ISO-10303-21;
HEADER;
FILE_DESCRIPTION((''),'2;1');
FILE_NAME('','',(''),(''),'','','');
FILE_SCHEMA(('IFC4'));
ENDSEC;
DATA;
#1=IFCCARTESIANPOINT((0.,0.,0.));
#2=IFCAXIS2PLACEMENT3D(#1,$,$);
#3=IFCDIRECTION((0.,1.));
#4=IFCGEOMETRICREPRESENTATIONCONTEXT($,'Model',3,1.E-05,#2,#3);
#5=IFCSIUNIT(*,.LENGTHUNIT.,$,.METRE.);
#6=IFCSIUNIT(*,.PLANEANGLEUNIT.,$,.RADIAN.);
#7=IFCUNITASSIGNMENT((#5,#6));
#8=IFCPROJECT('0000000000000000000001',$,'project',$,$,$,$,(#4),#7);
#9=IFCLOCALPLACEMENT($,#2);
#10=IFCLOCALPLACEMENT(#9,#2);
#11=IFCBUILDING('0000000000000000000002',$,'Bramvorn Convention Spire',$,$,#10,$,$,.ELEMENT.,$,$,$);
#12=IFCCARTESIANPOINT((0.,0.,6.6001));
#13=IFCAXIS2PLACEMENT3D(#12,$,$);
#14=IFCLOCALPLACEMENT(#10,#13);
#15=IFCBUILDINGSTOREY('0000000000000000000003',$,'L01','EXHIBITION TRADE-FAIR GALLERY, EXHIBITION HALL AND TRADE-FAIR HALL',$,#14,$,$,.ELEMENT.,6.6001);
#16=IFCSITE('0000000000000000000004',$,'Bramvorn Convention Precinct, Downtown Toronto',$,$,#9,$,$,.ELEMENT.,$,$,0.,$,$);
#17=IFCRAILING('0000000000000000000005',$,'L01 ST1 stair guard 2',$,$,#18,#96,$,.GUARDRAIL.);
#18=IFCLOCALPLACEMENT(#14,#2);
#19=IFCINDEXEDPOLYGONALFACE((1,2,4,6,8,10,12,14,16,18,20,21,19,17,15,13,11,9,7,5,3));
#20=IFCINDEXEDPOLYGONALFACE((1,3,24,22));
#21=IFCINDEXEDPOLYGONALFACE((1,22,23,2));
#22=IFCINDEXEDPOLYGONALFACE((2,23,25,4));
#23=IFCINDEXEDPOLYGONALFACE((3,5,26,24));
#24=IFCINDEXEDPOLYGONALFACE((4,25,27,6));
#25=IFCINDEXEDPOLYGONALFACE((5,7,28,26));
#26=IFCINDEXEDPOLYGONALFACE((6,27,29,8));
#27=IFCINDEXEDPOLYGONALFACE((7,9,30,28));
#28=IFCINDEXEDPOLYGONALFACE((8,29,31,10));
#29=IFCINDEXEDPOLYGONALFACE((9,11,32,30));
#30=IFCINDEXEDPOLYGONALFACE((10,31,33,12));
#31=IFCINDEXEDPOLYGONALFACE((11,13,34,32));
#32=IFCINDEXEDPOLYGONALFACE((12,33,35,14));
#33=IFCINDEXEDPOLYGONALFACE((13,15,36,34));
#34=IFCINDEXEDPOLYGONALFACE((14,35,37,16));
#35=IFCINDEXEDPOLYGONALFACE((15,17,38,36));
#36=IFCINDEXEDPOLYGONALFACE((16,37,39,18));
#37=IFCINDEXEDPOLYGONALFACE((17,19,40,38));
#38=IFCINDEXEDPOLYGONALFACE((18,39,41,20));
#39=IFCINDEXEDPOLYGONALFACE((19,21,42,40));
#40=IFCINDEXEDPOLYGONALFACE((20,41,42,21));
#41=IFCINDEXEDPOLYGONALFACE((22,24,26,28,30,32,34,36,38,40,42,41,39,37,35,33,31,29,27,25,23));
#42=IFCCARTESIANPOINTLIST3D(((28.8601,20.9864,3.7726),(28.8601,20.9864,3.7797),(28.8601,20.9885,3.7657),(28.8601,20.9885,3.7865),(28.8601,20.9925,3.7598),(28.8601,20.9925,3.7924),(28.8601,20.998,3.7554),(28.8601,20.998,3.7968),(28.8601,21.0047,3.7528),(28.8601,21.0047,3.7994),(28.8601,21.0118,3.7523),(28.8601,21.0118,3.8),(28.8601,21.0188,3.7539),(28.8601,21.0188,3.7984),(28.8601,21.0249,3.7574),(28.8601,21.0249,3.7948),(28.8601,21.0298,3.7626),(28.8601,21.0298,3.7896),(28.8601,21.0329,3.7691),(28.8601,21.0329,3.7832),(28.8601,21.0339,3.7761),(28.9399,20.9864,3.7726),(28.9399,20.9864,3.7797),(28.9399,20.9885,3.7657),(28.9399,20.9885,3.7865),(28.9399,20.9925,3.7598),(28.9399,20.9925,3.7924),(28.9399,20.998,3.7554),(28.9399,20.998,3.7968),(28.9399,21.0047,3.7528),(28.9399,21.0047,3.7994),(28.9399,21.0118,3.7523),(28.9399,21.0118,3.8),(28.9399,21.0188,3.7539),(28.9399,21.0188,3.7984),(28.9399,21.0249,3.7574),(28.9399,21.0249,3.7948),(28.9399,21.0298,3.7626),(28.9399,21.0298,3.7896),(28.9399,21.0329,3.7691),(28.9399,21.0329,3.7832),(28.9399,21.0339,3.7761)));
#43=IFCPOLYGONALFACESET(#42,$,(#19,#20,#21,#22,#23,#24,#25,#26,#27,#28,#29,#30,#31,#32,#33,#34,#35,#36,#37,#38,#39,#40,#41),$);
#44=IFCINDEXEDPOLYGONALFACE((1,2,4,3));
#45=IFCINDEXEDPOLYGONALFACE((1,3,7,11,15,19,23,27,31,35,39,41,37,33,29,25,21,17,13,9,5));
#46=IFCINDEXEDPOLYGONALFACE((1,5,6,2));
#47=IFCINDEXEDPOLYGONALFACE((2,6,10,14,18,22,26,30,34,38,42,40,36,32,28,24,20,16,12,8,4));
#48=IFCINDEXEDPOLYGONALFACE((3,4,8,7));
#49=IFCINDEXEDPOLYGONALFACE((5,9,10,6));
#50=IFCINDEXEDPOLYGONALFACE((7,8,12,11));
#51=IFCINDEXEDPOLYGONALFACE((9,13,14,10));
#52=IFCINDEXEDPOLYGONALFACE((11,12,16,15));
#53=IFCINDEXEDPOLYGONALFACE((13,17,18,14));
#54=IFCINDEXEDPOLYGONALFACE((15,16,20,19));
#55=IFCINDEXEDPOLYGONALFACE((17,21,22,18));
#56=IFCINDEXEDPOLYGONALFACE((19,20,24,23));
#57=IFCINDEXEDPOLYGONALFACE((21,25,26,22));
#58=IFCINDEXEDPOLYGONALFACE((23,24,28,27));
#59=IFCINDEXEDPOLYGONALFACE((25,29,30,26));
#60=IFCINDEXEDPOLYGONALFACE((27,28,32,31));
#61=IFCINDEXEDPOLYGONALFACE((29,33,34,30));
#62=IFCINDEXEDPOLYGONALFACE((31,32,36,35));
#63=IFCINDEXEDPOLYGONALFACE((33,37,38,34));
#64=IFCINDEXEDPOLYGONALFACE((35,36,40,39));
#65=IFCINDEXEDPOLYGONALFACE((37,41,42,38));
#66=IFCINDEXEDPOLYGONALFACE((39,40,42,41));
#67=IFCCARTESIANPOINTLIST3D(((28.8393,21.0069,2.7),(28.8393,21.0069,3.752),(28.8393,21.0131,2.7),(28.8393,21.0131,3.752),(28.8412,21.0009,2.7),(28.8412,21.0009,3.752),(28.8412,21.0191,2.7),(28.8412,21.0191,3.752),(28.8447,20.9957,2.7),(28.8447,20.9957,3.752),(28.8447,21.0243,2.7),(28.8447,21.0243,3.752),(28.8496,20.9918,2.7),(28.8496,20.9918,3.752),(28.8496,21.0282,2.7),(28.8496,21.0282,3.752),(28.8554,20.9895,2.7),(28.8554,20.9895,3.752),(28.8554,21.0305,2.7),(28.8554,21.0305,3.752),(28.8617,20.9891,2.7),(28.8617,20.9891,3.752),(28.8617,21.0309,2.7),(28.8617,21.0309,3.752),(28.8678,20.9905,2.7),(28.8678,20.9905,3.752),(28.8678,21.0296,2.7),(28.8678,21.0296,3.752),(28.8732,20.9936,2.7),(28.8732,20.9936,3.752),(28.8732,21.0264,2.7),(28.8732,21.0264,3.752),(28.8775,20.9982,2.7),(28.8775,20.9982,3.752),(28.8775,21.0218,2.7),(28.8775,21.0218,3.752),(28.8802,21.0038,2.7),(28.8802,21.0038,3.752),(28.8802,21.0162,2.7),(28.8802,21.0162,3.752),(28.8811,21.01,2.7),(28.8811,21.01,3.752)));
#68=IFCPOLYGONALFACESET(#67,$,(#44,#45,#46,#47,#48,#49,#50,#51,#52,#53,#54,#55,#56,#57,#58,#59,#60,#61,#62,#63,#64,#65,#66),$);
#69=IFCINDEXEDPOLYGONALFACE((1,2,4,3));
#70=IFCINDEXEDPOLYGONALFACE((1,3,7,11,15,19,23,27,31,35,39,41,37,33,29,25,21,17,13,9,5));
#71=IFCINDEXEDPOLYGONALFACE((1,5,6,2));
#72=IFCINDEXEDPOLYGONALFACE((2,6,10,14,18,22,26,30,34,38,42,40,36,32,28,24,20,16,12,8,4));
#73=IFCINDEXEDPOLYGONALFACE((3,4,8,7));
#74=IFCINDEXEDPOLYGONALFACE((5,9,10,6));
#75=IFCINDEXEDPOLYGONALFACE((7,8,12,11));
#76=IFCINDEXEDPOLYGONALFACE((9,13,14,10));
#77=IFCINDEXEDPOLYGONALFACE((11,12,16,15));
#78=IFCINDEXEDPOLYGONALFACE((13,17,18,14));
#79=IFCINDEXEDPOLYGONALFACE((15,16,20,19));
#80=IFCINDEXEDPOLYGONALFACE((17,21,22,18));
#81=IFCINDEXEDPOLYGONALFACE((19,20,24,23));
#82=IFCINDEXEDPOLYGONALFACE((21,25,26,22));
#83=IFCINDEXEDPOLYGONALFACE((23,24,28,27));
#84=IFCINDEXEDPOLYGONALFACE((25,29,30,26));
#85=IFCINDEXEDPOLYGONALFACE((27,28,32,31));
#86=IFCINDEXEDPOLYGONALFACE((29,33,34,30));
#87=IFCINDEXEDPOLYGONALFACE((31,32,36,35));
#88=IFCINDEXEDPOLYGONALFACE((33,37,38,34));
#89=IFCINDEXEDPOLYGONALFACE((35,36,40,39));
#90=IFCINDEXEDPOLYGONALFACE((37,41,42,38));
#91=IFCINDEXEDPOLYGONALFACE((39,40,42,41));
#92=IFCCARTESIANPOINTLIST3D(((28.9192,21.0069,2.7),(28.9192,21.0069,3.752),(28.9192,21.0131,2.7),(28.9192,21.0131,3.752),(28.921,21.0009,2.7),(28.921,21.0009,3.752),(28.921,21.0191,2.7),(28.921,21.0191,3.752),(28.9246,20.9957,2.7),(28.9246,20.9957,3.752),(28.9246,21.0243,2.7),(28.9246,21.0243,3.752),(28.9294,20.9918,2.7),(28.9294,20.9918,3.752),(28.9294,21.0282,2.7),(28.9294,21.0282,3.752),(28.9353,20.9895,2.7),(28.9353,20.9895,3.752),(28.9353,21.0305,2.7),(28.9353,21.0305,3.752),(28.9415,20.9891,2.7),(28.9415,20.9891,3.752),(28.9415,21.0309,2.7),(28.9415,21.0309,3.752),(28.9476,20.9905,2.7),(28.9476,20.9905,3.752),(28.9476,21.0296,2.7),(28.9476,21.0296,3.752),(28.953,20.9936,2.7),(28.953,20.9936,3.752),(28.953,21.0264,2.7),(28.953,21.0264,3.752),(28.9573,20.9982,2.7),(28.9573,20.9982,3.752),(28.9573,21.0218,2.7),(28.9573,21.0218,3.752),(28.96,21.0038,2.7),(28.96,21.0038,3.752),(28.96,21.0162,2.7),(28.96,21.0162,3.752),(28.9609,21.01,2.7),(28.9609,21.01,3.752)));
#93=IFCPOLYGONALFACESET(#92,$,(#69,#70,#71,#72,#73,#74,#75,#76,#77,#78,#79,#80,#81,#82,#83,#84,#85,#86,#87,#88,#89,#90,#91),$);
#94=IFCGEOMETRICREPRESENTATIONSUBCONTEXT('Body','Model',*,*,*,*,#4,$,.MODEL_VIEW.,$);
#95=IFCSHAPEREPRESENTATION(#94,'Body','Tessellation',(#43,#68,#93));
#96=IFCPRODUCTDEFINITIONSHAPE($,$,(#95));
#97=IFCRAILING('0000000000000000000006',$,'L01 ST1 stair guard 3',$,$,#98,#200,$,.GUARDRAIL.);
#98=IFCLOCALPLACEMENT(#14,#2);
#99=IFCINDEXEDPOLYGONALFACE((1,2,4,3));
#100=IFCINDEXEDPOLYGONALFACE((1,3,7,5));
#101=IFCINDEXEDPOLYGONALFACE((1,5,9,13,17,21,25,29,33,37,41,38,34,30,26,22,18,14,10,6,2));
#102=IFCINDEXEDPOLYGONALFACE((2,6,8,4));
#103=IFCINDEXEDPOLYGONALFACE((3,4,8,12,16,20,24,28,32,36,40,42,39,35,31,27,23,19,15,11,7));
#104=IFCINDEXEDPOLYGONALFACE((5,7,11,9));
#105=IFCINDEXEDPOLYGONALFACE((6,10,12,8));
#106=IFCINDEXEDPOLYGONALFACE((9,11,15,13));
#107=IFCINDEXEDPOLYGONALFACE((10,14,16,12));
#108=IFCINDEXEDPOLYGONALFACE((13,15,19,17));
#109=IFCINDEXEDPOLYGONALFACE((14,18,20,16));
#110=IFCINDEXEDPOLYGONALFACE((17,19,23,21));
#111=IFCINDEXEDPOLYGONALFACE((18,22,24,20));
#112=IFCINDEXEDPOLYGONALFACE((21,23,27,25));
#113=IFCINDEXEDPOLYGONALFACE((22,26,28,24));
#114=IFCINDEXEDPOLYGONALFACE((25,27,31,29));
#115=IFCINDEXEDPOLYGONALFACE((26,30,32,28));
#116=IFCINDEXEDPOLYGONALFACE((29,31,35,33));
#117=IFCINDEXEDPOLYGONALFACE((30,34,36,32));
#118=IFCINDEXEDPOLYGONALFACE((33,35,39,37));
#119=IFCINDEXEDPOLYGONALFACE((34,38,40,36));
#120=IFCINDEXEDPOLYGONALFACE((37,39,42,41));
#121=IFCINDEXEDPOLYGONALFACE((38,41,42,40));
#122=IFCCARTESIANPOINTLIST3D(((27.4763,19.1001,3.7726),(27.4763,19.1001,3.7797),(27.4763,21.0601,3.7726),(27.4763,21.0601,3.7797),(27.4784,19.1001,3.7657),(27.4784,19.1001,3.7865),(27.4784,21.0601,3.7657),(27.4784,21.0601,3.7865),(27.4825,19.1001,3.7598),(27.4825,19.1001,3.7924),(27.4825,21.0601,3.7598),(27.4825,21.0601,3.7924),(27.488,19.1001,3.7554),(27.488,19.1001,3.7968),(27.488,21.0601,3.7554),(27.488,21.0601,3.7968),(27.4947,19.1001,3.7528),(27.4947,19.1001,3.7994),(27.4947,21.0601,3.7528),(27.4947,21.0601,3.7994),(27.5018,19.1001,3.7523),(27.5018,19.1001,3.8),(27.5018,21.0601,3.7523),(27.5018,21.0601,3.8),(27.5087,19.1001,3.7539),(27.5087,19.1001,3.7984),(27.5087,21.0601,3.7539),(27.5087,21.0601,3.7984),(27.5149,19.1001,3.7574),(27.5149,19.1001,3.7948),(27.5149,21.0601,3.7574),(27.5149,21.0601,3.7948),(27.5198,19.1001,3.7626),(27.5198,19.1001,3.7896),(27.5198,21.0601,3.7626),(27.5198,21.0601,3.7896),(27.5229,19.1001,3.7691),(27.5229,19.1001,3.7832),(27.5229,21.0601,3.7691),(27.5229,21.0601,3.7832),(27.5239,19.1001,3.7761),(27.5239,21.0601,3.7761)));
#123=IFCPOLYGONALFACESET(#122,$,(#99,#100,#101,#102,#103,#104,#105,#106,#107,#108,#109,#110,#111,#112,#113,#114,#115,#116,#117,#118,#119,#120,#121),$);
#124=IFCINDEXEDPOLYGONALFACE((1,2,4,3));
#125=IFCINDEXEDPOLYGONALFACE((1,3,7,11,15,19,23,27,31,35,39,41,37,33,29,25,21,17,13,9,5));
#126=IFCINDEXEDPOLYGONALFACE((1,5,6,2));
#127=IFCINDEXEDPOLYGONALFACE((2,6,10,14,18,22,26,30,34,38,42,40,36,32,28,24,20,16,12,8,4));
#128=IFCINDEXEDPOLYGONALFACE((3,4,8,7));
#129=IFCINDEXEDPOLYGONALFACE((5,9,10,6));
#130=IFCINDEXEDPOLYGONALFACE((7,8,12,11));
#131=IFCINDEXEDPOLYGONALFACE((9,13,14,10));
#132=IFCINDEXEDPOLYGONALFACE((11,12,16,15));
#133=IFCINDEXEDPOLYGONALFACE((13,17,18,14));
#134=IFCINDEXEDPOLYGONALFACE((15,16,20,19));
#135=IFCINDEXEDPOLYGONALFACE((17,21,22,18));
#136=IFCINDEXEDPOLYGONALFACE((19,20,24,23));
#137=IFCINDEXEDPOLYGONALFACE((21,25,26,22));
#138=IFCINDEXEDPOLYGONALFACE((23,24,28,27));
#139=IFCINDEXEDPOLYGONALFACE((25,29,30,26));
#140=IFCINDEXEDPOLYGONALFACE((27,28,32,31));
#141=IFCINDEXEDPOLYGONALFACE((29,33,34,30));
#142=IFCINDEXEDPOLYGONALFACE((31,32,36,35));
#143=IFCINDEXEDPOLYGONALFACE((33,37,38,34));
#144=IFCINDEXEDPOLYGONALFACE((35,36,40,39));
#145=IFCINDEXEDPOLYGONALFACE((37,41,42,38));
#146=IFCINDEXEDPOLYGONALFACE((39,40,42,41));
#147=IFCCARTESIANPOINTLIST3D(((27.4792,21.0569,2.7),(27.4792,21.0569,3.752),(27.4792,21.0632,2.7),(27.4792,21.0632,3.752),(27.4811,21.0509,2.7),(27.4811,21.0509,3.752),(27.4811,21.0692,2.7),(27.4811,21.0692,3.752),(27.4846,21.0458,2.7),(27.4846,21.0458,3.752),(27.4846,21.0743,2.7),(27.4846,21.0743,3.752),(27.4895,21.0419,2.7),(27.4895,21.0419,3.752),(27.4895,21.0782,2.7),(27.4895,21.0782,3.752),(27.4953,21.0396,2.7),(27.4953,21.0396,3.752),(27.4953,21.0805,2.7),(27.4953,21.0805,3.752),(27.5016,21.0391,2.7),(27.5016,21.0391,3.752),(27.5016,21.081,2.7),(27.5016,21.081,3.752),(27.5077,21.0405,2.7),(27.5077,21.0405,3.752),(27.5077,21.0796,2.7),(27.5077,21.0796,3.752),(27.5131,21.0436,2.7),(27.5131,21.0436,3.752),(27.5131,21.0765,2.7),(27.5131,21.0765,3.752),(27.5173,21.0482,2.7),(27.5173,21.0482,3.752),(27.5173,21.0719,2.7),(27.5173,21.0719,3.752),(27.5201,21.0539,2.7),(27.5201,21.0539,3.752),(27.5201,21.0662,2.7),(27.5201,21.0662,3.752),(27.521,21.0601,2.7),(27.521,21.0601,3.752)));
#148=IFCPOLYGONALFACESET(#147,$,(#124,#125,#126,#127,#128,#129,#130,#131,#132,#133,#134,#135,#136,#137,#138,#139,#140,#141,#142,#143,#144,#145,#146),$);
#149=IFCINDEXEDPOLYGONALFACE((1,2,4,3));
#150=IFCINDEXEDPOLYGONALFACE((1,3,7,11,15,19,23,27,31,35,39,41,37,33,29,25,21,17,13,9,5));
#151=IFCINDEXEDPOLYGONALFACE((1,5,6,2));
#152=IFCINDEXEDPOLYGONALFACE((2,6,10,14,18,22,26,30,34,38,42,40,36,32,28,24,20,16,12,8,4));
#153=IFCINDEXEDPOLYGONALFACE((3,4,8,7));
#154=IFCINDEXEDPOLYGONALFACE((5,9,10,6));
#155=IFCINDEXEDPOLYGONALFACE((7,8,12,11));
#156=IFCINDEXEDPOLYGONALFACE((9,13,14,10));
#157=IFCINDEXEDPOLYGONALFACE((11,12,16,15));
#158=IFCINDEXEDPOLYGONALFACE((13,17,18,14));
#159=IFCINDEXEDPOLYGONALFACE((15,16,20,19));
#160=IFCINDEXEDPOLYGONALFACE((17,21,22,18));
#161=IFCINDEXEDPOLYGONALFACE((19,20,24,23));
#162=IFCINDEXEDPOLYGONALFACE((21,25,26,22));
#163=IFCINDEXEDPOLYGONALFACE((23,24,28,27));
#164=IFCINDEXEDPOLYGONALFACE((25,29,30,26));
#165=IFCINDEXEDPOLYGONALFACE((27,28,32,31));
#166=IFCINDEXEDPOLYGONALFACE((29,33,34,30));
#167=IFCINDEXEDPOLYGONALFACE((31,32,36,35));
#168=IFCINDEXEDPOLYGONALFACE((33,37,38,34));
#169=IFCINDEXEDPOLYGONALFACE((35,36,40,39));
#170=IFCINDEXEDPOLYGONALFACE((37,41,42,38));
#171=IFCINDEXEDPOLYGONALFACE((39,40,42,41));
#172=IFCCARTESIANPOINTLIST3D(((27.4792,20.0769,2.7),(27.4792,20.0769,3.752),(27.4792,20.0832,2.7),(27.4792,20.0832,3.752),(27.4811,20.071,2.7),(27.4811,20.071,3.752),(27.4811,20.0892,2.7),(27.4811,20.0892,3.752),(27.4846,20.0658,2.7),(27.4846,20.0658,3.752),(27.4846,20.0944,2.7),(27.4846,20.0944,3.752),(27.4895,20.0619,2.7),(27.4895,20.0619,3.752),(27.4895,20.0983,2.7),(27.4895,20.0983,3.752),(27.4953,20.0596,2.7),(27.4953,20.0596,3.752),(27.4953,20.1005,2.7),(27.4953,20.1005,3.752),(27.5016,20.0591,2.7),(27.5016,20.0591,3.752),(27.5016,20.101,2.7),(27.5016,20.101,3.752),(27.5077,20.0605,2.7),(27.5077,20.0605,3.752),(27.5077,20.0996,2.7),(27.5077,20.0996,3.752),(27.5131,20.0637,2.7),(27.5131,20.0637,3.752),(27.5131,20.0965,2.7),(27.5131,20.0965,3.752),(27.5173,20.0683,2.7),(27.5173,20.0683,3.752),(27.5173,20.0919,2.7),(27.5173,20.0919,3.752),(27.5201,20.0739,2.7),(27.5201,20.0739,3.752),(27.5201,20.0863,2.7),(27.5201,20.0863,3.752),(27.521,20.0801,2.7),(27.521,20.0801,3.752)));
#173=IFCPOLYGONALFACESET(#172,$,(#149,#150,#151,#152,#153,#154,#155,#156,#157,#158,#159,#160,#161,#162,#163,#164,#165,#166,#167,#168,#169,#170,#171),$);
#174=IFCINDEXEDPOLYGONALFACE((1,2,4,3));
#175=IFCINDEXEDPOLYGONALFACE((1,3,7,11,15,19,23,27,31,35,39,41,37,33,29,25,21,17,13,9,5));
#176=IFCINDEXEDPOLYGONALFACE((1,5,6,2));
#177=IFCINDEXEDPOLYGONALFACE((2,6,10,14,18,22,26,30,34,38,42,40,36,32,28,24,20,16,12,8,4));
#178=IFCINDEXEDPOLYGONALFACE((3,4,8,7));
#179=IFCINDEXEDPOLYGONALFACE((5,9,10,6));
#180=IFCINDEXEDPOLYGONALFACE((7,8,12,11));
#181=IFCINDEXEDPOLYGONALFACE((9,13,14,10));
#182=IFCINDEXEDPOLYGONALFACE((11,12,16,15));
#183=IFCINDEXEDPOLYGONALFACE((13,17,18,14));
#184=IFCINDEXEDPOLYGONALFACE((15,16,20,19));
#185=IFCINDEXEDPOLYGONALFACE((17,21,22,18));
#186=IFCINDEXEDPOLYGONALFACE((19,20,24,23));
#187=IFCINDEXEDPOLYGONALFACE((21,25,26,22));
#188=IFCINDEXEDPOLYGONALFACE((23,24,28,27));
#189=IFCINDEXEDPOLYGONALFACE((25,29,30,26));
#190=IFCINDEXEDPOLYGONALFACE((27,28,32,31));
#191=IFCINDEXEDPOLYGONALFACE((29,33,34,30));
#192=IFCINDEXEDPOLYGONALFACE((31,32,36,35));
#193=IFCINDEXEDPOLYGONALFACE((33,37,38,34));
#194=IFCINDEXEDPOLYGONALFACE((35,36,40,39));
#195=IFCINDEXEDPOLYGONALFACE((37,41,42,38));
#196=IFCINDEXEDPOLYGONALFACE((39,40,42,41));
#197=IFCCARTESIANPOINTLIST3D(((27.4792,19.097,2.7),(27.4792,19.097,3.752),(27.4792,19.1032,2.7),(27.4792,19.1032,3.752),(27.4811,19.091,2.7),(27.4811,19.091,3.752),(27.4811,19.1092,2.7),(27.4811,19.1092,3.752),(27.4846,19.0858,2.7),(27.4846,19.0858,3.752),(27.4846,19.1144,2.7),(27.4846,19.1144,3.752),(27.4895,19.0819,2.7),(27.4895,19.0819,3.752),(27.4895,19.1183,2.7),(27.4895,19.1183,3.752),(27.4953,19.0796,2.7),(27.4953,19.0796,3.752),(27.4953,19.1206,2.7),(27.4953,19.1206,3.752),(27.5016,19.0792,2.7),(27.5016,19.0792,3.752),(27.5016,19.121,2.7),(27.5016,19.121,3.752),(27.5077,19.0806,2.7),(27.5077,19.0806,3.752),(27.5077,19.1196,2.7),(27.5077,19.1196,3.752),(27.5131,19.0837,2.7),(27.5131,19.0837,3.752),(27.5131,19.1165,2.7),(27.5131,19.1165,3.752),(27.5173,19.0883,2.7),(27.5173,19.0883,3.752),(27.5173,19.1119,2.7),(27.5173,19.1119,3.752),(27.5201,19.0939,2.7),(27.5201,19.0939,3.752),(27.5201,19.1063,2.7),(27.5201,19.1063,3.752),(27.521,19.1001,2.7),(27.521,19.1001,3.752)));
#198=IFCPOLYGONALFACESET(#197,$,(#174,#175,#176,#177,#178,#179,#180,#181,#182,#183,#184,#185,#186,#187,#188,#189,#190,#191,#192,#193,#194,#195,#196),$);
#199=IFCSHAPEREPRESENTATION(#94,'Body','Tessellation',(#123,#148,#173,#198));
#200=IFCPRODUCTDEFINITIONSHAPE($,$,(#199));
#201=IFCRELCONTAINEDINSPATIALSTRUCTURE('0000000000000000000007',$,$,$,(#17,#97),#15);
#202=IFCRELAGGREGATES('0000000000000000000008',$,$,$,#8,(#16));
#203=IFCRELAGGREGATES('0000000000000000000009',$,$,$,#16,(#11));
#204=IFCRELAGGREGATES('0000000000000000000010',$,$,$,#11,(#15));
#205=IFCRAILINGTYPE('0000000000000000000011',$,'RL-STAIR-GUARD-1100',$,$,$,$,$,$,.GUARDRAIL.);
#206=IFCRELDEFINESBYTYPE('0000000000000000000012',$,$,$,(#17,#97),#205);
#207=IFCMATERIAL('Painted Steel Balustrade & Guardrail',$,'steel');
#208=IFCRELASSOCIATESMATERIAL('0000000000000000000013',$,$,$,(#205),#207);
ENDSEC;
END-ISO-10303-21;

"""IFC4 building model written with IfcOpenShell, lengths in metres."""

from ifc_helpers import new_model, si_unit, direction, frame, origin, origin_2d, place, context, subcontext, project, spatial, circle, extrude, material, type_object, element, save


model = new_model("IFC4")

# Units and contexts
model_context = context("Model", 3, precision=1e-05, world=origin(), true_north=direction((0.0, 1.0)))
body_context = subcontext(model_context, "Body", "Model", "MODEL_VIEW")
ifc_project = project(units=[si_unit("LENGTHUNIT", "METRE"), si_unit("PLANEANGLEUNIT", "RADIAN")], contexts=[model_context])

# Site, building, storey
site_placement = place(None, origin())
site = spatial("IfcSite", under=ifc_project, at=site_placement, Name="Bramvorn Convention Precinct, Downtown Toronto", CompositionType="ELEMENT", RefElevation=0.0)
building_placement = place(site_placement, origin())
building = spatial("IfcBuilding", under=site, at=building_placement, Name="Bramvorn Convention Spire", CompositionType="ELEMENT")
storey_placement = place(building_placement, frame((0.0, 0.0, 6.6001)))
storey = spatial("IfcBuildingStorey", under=building, at=storey_placement, Name="L01", Description="EXHIBITION TRADE-FAIR GALLERY, EXHIBITION HALL AND TRADE-FAIR HALL", CompositionType="ELEMENT", Elevation=6.6001)

# Railings
ifc_material_1 = material(Name="Painted Steel Balustrade & Guardrail", Category="steel")
railing_type = type_object("IfcRailingType", Name="RL-STAIR-GUARD-1100", PredefinedType="GUARDRAIL", material=ifc_material_1)
railing_1_placement = place(storey_placement, frame((28.8601, 21.01, 2.7)))
element("IfcRailing", 1, at=railing_1_placement, inside=storey, type_object=railing_type, Name="L01 ST1 stair guard 2", PredefinedType="GUARDRAIL", context=body_context, shape_type="SweptSolid", body=[
    extrude(circle(Radius=0.0239, at=origin_2d()), frame((0.0, 0.0, 1.0762), z_axis=(1.0, 0.0, 0.0), x_axis=(0.0, 1.0, 0.0)), (0.0, 0.0, 1.0), 0.0798),
    extrude(circle(Radius=0.021, at=origin_2d()), origin(), (0.0, 0.0, 1.0), 1.052),
    extrude(circle(Radius=0.021, at=origin_2d()), frame((0.0798, 0.0, 0.0)), (0.0, 0.0, 1.0), 1.052),
])
railing_2_placement = place(storey_placement, frame((27.5, 21.0601, 2.7)))
element("IfcRailing", 2, at=railing_2_placement, inside=storey, type_object=railing_type, Name="L01 ST1 stair guard 3", PredefinedType="GUARDRAIL", context=body_context, shape_type="SweptSolid", body=[
    extrude(circle(Radius=0.0239, at=origin_2d()), frame((0.0, 0.0, 1.0762), z_axis=(0.0, -1.0, 0.0), x_axis=(1.0, 0.0, 0.0)), (0.0, 0.0, 1.0), 1.96),
    extrude(circle(Radius=0.021, at=origin_2d()), origin(), (0.0, 0.0, 1.0), 1.052),
    extrude(circle(Radius=0.021, at=origin_2d()), frame((0.0, -0.98, 0.0)), (0.0, 0.0, 1.0), 1.052),
    extrude(circle(Radius=0.021, at=origin_2d()), frame((0.0, -1.96, 0.0)), (0.0, 0.0, 1.0), 1.052),
])

save(model, "model.ifc")
